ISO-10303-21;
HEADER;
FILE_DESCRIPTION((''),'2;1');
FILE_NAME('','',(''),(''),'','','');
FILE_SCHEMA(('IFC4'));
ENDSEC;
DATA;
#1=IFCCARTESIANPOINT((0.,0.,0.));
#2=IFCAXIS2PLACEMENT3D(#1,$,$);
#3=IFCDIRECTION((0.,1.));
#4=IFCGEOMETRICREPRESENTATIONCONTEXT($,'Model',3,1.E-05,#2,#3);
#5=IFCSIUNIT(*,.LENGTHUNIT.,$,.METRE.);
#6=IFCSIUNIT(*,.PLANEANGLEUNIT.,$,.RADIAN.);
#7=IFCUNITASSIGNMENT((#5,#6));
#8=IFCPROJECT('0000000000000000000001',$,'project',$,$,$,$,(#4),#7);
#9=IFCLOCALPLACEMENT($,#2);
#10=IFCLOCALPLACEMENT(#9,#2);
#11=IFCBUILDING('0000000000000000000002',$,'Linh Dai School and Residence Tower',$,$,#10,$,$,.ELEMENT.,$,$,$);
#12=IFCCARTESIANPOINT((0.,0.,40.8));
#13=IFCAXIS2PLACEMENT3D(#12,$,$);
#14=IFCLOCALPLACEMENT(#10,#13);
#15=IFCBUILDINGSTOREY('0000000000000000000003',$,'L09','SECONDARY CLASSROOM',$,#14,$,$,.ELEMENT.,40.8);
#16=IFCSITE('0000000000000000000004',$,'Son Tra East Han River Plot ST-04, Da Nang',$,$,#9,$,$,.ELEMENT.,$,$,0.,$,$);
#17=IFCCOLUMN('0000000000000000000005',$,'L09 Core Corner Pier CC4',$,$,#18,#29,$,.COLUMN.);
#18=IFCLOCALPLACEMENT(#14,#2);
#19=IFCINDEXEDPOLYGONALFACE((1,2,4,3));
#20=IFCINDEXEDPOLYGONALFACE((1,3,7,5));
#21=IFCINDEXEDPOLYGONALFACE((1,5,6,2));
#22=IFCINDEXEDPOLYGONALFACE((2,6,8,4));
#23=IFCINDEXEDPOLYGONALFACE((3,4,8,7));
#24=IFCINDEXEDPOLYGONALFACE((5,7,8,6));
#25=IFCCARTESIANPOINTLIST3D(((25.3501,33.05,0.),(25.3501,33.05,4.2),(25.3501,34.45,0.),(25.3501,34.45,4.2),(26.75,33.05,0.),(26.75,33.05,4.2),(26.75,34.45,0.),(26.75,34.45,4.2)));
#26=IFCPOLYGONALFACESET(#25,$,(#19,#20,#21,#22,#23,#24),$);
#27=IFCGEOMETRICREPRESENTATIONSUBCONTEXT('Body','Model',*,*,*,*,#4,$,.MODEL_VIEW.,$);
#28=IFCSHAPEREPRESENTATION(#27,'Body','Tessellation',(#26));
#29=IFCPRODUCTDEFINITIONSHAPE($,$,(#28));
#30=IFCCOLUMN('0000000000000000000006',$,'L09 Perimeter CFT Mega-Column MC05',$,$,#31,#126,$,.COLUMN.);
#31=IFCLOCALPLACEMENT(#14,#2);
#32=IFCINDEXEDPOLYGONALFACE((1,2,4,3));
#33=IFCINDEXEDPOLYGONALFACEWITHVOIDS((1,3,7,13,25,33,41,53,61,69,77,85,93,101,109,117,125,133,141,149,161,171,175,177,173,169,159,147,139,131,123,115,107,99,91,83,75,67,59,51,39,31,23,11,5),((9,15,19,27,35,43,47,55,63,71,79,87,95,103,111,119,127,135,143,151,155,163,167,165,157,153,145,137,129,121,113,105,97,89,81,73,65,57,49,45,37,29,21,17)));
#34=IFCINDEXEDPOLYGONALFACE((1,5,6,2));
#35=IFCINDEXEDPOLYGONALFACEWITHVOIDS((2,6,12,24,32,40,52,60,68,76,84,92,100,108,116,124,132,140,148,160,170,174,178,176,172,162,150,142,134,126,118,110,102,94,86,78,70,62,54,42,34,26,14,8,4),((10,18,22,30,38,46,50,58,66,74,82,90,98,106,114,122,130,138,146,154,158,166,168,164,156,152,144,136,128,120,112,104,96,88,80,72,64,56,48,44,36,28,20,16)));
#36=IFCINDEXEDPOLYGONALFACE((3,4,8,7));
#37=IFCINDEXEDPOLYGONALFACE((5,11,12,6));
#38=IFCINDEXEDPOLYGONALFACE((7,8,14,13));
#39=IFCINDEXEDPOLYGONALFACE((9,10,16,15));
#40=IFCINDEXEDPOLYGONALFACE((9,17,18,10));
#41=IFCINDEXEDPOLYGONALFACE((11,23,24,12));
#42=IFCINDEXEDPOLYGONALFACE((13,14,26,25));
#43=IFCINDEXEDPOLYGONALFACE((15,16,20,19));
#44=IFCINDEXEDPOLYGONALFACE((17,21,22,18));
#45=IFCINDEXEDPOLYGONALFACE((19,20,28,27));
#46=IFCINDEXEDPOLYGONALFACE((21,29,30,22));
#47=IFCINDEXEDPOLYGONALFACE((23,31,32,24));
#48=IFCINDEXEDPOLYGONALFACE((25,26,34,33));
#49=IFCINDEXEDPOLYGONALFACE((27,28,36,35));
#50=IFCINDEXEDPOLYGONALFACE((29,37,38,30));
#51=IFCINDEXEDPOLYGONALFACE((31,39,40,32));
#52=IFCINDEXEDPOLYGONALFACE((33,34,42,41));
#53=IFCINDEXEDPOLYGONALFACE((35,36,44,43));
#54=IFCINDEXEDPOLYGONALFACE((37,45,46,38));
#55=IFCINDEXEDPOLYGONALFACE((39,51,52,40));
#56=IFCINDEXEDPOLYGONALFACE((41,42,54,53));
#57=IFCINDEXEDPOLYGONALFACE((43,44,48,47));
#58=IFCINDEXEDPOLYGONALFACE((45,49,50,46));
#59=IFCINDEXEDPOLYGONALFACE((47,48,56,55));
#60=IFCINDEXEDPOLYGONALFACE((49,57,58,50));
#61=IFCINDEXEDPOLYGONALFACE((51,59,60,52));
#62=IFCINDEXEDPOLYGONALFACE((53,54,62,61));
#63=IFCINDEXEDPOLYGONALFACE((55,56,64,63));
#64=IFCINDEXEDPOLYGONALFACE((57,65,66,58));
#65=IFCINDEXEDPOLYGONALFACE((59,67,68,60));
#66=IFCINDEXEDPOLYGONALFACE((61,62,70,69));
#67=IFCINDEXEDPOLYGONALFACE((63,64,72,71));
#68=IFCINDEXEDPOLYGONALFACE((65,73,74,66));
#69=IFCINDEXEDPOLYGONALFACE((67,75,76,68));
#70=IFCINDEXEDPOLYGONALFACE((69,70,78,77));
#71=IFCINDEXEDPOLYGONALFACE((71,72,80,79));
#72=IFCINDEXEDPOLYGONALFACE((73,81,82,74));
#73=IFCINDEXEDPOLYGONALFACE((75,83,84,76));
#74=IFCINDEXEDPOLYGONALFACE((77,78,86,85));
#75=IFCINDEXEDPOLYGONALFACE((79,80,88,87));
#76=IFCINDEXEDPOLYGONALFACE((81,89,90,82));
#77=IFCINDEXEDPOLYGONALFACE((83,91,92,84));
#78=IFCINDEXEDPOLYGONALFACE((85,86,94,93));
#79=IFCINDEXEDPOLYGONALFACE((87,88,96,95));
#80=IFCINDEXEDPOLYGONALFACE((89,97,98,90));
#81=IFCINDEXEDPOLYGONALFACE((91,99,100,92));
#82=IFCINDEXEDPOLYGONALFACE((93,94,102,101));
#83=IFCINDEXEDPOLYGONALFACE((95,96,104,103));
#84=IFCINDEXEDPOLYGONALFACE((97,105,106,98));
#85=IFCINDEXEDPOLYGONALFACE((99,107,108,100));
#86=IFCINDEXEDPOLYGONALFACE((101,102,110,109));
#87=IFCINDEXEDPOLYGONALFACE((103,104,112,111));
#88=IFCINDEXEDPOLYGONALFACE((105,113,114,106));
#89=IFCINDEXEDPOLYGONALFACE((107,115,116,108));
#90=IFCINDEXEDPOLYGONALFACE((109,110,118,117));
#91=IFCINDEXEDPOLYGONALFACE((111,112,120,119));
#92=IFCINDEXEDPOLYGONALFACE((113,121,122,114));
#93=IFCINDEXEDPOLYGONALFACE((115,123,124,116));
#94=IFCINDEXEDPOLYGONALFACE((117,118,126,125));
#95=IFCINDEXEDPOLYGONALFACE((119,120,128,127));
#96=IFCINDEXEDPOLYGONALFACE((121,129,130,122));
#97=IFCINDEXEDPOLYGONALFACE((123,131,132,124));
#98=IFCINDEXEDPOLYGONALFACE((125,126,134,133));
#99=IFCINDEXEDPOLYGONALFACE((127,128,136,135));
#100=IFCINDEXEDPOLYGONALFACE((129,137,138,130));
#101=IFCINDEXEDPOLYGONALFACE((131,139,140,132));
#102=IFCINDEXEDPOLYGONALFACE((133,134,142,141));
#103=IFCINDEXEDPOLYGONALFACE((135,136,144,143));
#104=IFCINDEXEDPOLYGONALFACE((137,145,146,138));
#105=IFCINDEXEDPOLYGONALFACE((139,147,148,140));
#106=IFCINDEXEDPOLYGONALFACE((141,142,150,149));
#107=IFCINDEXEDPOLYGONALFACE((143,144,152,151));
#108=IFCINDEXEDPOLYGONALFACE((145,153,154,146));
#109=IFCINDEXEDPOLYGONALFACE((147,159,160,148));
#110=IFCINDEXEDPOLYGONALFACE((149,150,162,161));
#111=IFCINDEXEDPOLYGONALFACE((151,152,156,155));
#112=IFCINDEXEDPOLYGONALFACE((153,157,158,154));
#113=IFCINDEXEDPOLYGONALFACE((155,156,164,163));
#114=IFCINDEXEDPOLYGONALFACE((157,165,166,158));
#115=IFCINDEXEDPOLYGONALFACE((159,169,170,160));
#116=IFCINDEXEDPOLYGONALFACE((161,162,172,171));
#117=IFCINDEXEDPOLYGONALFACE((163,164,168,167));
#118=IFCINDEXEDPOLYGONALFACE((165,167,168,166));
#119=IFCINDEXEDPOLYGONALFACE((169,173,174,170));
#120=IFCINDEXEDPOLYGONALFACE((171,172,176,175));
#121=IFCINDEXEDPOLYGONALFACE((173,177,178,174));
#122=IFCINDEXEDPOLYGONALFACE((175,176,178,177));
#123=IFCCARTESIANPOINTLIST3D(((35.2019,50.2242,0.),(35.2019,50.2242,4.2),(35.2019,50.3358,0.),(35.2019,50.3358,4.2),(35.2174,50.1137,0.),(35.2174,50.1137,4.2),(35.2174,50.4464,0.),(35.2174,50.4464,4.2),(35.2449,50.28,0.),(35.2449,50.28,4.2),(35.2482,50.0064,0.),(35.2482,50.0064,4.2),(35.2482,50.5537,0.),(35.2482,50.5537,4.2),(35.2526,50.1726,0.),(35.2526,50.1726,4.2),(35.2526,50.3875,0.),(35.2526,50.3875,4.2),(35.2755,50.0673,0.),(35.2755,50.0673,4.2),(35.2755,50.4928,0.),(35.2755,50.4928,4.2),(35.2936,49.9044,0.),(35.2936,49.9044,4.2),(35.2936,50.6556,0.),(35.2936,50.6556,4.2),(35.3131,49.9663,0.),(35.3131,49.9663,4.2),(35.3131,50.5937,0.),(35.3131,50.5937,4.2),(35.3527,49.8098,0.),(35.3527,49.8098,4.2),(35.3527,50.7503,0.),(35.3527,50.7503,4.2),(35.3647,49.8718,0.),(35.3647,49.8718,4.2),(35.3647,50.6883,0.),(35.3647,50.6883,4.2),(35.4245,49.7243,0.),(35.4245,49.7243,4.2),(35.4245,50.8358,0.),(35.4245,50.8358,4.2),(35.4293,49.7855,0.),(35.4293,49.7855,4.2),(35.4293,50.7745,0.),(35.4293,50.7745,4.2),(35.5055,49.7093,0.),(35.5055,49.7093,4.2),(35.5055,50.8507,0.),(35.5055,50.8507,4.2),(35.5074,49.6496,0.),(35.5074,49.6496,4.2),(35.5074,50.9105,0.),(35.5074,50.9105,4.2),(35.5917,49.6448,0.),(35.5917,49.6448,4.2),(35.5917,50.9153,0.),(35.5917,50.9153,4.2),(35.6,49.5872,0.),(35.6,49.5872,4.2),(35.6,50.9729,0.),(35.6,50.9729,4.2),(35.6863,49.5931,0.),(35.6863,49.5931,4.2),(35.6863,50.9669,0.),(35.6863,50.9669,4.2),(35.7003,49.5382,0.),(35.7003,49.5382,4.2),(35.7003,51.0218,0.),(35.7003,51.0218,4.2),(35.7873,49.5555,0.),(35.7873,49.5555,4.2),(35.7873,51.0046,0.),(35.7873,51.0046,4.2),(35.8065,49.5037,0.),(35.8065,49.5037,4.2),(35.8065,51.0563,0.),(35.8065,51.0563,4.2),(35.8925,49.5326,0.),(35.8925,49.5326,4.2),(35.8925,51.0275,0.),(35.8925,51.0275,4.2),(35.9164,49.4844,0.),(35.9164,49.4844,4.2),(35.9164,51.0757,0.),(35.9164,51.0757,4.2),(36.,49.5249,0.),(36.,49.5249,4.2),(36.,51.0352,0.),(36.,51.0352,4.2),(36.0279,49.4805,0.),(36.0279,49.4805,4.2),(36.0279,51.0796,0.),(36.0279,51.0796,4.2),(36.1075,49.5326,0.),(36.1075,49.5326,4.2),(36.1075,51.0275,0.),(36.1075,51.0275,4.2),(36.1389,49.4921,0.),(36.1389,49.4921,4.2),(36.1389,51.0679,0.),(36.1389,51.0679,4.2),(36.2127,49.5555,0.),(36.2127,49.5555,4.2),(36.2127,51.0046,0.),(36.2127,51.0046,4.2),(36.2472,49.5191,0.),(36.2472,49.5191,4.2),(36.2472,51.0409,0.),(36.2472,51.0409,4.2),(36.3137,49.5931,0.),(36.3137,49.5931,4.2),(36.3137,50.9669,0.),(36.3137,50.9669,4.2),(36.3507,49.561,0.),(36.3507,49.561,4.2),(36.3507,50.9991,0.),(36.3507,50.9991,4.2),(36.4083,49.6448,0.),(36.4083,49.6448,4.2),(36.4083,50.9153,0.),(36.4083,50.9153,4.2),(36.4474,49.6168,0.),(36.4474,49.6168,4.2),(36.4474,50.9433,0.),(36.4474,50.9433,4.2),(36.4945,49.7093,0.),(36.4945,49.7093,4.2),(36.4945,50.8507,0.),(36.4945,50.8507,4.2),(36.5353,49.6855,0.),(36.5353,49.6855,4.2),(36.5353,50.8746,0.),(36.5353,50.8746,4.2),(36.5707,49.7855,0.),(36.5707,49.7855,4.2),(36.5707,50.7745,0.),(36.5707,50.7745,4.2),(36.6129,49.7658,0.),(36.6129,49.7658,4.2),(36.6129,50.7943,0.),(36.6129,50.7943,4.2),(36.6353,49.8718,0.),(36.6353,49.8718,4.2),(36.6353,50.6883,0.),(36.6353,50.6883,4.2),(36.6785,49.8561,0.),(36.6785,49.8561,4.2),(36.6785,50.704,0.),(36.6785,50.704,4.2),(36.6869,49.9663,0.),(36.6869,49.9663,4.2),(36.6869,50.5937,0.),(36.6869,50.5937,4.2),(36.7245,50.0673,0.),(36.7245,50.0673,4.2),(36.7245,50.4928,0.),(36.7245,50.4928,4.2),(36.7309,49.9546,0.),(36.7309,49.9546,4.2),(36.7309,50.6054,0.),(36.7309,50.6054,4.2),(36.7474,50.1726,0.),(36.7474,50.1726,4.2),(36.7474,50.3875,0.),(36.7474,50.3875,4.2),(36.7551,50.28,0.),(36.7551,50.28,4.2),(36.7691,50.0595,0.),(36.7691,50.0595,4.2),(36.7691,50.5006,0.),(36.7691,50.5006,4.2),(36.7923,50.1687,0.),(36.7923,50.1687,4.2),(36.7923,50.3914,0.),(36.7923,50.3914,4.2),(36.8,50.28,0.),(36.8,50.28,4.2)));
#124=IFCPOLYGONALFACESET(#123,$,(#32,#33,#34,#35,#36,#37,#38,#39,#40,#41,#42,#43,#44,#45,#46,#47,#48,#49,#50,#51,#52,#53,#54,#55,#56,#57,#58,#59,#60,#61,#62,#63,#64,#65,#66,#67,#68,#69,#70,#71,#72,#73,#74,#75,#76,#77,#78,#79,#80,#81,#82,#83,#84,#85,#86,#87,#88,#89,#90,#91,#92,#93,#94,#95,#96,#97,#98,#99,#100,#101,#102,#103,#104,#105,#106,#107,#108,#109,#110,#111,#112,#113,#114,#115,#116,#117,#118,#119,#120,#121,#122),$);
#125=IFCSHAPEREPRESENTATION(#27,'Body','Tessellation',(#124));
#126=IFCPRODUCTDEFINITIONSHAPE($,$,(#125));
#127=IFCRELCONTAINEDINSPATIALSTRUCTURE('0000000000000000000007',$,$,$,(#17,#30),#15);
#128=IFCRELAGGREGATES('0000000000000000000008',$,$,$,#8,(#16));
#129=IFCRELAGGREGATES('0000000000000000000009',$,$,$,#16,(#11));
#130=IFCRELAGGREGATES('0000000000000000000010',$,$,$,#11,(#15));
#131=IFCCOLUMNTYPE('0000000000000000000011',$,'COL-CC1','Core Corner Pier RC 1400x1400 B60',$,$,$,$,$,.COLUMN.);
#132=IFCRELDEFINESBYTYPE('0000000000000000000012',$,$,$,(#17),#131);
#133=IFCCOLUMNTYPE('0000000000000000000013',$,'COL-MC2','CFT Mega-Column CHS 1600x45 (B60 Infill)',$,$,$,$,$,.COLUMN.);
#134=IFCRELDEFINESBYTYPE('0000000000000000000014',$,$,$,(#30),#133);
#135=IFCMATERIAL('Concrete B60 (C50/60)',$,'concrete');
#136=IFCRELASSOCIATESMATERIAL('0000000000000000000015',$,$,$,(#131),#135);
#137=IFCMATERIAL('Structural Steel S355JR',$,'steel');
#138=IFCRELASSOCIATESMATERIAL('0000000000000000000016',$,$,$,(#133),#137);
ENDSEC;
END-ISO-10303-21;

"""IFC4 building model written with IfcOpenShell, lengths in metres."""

from ifc_helpers import new_model, si_unit, direction, frame, origin, origin_2d, place, context, subcontext, project, spatial, rectangle, hollow_circle, extrude, material, material_profile, profile_set, type_object, element, save


model = new_model("IFC4")

# Units and contexts
model_context = context("Model", 3, precision=1e-05, world=origin(), true_north=direction((0.0, 1.0)))
body_context = subcontext(model_context, "Body", "Model", "MODEL_VIEW")
ifc_project = project(units=[si_unit("LENGTHUNIT", "METRE"), si_unit("PLANEANGLEUNIT", "RADIAN")], contexts=[model_context])

# Site, building, storey
site_placement = place(None, origin())
site = spatial("IfcSite", under=ifc_project, at=site_placement, Name="Son Tra East Han River Plot ST-04, Da Nang", CompositionType="ELEMENT", RefElevation=0.0)
building_placement = place(site_placement, origin())
building = spatial("IfcBuilding", under=site, at=building_placement, Name="Linh Dai School and Residence Tower", CompositionType="ELEMENT")
storey_placement = place(building_placement, frame((0.0, 0.0, 40.8)))
storey = spatial("IfcBuildingStorey", under=building, at=storey_placement, Name="L09", Description="SECONDARY CLASSROOM", CompositionType="ELEMENT", Elevation=40.8)

# Columns
ifc_material_1 = material(Name="Concrete B60 (C50/60)", Category="concrete")
ifc_material_profile_1 = material_profile(ifc_material_1, rectangle(XDim=1.3999, YDim=1.3999, at=origin_2d()), Name="RC 1400x1400")
ifc_profile_set_1 = profile_set([ifc_material_profile_1], Name="Concrete B60 (C50/60)")
column_type_1 = type_object("IfcColumnType", Name="COL-CC1", Description="Core Corner Pier RC 1400x1400 B60", PredefinedType="COLUMN", material=ifc_profile_set_1)
column_placement = place(storey_placement, frame((26.05, 33.75, 0.0), z_axis=(0.0, 0.0, 1.0), x_axis=(1.0, 0.0, 0.0)))
element("IfcColumn", 1, at=column_placement, inside=storey, type_object=column_type_1, Name="L09 Core Corner Pier CC4", PredefinedType="COLUMN", context=body_context, shape_type="SweptSolid", body=[
    extrude(rectangle(XDim=1.3999, YDim=1.3999, at=origin_2d()), origin(), (0.0, 0.0, 1.0), 4.2),
])
ifc_material_2 = material(Name="Structural Steel S355JR", Category="steel")
ifc_material_profile_2 = material_profile(ifc_material_2, hollow_circle(Radius=0.8, WallThickness=0.0449, at=origin_2d()), Name="CHS 1600x45")
ifc_profile_set_2 = profile_set([ifc_material_profile_2], Name="Structural Steel S355JR")
column_type_2 = type_object("IfcColumnType", Name="COL-MC2", Description="CFT Mega-Column CHS 1600x45 (B60 Infill)", PredefinedType="COLUMN", material=ifc_profile_set_2)
for number, where, z_axis, x_axis, name in (
    (2, (36.0, 50.28, 0.0), (0.0, 0.0, 1.0), (1.0, 0.0, 0.0), "L09 Perimeter CFT Mega-Column MC05"),
):
    element("IfcColumn", number, at=place(storey_placement, frame(where, z_axis=z_axis, x_axis=x_axis)), inside=storey, type_object=column_type_2, Name=name, PredefinedType="COLUMN", context=body_context, shape_type="SweptSolid", body=[
        extrude(hollow_circle(Radius=0.8, WallThickness=0.0449, at=origin_2d()), origin(), (0.0, 0.0, 1.0), 4.2),
    ])

save(model, "model.ifc")
